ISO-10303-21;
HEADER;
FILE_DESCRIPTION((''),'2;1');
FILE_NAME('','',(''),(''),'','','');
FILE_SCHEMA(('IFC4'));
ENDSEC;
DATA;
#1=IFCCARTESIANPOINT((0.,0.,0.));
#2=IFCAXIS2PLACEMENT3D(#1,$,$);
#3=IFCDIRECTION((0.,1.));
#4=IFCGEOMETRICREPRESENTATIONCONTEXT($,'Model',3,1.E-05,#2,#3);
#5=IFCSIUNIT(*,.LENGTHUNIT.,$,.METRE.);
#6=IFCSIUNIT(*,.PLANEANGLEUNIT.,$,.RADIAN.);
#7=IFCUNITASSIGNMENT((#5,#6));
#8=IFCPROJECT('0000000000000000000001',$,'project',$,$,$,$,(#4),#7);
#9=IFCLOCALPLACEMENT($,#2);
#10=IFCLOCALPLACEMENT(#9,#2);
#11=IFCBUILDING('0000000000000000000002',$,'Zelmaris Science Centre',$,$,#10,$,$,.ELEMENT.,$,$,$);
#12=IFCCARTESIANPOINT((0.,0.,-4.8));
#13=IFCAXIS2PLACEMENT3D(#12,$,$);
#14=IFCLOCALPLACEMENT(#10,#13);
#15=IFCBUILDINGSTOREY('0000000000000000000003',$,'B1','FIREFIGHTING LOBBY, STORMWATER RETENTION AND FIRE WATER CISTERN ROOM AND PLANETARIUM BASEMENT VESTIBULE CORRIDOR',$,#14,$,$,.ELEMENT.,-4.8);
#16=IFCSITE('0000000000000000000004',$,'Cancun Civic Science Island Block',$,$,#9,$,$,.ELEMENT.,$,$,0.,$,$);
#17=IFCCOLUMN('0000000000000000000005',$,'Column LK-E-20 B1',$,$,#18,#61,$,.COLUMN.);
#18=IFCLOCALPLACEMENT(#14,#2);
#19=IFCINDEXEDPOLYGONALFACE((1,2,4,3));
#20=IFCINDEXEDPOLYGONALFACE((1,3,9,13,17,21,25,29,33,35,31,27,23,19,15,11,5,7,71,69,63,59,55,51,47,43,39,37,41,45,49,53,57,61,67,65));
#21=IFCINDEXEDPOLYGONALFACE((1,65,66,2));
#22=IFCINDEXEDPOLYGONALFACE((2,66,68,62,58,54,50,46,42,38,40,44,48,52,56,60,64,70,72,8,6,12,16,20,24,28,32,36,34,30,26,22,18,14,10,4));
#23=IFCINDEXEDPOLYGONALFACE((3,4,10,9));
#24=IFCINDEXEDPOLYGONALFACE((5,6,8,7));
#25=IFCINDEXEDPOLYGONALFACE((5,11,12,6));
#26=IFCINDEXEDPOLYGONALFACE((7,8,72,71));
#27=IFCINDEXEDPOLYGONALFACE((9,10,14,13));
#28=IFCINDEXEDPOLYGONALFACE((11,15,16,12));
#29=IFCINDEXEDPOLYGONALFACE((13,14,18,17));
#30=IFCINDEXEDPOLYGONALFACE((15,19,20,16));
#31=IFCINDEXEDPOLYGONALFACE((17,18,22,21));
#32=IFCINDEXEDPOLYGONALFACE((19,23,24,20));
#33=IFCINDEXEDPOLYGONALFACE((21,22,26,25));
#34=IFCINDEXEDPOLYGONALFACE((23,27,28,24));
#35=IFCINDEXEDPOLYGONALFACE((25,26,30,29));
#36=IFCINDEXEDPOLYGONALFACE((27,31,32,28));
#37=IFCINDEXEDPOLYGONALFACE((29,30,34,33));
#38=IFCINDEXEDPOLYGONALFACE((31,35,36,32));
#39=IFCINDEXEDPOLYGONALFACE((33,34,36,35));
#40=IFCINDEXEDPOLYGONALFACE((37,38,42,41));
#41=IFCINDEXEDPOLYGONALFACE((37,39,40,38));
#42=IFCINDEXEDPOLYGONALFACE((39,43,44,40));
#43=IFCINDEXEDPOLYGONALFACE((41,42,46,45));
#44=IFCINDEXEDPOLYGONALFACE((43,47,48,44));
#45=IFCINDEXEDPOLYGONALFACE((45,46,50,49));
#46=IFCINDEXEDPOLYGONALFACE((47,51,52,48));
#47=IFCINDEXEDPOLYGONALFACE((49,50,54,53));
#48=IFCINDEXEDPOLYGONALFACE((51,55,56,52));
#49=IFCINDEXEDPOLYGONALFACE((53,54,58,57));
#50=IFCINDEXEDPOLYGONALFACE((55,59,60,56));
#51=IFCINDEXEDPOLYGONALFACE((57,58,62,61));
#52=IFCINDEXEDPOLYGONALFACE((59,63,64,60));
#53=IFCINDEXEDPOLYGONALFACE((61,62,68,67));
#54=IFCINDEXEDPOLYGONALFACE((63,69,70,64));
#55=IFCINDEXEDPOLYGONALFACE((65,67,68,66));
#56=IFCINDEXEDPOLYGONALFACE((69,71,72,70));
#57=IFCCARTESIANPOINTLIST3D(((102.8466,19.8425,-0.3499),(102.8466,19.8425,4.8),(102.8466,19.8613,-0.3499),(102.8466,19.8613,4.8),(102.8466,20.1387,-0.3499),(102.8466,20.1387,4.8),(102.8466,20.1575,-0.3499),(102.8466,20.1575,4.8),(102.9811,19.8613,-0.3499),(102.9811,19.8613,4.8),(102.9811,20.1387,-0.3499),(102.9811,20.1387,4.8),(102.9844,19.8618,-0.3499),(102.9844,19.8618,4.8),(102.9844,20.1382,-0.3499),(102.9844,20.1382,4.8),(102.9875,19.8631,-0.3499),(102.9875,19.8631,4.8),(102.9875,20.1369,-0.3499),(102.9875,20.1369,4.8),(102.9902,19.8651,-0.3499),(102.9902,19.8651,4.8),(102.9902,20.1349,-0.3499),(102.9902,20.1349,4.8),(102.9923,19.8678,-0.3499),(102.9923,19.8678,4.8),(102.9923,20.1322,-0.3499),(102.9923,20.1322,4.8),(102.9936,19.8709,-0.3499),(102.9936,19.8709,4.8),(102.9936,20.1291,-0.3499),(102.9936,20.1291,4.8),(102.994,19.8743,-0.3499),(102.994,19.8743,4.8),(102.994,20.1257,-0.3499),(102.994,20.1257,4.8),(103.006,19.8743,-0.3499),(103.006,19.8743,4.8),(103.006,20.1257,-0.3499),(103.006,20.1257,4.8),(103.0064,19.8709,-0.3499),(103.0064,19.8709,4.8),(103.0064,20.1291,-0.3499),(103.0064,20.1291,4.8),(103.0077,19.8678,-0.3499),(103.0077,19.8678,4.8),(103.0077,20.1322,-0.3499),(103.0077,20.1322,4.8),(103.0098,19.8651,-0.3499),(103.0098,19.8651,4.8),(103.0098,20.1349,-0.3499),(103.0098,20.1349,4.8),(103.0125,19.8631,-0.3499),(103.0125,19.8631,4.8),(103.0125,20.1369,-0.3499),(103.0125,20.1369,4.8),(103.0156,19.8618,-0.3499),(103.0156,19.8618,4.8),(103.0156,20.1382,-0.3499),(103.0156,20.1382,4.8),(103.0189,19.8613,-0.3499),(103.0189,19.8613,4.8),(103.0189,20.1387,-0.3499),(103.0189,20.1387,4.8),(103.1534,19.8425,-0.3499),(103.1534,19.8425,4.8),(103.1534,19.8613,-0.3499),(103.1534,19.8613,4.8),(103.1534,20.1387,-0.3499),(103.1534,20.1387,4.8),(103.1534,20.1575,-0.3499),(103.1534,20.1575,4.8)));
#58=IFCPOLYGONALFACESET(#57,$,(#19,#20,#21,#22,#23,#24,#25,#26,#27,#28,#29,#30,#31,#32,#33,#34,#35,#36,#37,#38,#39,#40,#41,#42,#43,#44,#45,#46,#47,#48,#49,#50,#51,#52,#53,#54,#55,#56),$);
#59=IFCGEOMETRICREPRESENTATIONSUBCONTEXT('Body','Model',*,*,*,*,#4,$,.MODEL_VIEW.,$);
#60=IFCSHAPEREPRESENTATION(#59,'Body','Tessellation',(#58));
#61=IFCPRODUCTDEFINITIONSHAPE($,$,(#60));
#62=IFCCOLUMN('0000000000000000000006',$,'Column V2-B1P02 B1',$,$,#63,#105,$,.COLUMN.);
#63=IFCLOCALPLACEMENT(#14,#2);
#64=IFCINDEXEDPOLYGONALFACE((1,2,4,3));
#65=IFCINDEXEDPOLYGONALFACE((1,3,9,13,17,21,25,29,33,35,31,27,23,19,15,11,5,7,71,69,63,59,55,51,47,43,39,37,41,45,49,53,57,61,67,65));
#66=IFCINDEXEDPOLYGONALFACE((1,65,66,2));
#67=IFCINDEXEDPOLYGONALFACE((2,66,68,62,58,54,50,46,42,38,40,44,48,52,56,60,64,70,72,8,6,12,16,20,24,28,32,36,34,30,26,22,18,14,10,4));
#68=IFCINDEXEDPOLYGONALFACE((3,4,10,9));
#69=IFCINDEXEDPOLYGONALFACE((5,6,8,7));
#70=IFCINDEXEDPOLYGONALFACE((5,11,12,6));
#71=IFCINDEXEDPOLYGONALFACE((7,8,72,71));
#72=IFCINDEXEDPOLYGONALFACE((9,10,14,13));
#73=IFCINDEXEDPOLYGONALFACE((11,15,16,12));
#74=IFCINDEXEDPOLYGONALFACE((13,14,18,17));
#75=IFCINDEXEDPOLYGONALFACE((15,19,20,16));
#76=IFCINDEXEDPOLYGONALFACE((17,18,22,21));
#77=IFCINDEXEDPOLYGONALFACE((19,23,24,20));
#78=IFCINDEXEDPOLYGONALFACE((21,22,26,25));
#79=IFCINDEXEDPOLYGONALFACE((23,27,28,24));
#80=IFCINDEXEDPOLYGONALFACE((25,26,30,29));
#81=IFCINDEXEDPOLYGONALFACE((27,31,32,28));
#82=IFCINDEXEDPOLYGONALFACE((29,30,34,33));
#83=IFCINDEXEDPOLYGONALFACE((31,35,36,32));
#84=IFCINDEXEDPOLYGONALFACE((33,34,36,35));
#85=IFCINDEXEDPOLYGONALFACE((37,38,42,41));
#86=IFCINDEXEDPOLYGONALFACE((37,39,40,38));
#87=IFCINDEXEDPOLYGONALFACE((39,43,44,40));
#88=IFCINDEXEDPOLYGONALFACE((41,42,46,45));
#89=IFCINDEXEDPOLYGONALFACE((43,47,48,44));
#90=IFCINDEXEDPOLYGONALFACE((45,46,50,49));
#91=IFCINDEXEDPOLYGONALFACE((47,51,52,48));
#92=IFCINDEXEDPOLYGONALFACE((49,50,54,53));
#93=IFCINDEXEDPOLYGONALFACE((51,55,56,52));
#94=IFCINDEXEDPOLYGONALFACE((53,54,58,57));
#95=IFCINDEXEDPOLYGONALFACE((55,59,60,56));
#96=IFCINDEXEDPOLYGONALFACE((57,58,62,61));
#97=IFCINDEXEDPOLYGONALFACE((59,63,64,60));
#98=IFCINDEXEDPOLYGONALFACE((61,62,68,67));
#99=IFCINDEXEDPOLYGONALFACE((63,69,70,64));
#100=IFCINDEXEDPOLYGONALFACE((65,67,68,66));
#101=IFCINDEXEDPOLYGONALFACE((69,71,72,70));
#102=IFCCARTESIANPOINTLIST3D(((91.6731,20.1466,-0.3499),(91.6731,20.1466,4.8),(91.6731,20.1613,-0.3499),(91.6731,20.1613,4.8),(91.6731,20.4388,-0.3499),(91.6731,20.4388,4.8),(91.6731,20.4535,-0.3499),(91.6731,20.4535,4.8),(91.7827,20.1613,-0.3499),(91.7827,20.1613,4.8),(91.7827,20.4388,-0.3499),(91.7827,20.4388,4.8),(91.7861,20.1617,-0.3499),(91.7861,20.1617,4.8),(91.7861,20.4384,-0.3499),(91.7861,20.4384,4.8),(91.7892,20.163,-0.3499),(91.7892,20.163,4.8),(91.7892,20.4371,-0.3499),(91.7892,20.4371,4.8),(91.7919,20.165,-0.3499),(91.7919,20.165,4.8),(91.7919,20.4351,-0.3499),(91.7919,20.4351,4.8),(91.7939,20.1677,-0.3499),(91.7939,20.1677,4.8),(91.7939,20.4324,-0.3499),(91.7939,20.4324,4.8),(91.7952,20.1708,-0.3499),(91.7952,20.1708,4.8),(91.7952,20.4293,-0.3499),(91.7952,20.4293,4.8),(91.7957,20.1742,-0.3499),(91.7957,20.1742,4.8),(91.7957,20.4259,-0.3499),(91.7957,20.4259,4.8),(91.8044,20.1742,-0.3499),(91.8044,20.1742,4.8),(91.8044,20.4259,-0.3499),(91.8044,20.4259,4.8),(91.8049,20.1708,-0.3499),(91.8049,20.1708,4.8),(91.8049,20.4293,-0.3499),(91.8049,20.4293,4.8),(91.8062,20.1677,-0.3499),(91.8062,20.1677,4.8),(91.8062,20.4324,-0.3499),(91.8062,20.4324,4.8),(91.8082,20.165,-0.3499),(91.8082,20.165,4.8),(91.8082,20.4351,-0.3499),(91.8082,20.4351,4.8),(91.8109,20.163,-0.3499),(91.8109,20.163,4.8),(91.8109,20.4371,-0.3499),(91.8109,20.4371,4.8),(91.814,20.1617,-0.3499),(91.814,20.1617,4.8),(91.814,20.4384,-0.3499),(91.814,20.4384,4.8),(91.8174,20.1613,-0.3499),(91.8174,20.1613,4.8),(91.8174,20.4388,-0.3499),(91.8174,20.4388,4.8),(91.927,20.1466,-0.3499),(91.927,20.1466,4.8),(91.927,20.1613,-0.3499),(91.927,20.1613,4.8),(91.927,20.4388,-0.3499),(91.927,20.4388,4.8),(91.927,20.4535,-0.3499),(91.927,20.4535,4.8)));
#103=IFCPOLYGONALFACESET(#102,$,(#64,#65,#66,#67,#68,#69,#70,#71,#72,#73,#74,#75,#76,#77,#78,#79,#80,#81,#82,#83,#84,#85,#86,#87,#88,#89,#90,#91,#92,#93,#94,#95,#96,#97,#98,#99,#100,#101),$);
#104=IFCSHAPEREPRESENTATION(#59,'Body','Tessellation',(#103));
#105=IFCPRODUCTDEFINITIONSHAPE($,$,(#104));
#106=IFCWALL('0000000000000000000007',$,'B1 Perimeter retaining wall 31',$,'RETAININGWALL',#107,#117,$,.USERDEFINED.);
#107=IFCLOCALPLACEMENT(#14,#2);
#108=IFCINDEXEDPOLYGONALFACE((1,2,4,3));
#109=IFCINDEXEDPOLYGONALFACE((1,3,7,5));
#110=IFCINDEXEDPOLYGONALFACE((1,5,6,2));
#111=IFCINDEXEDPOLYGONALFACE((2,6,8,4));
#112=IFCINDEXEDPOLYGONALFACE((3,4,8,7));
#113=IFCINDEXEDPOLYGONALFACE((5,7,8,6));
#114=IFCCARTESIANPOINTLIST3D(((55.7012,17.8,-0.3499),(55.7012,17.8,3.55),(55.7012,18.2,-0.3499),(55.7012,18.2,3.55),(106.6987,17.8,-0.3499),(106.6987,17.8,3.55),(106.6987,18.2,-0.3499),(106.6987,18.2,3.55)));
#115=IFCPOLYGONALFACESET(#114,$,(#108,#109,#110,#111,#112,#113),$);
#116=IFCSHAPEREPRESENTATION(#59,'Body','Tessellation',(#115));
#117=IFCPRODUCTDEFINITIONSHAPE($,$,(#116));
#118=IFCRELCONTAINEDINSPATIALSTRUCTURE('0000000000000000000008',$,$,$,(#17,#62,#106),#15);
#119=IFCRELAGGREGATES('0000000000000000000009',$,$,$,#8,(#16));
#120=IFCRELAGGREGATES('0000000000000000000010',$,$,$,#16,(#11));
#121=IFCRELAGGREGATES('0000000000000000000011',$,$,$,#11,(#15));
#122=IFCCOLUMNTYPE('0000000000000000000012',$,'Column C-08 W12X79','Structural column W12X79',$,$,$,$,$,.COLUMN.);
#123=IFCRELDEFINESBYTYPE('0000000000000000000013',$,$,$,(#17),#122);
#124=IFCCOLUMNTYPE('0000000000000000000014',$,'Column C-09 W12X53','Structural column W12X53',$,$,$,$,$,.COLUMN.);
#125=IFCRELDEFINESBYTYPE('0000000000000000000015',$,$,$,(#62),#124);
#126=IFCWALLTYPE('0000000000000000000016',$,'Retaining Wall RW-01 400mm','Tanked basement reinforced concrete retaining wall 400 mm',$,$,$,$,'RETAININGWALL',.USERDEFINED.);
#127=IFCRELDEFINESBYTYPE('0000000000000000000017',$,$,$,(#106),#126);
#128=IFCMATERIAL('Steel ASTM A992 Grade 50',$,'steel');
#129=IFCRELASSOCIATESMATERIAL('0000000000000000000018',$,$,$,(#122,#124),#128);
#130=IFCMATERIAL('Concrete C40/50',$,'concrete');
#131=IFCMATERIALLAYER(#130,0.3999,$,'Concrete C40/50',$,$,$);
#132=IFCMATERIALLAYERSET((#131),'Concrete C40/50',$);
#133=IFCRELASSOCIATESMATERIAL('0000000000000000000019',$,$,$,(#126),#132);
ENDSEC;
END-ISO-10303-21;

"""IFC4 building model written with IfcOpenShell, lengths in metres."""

from ifc_helpers import new_model, si_unit, direction, frame, frame_2d, origin, origin_2d, place, context, subcontext, project, spatial, rectangle, i_section, extrude, material, layer, layer_set, material_profile, profile_set, type_object, element, save


model = new_model("IFC4")

# Units and contexts
model_context = context("Model", 3, precision=1e-05, world=origin(), true_north=direction((0.0, 1.0)))
body_context = subcontext(model_context, "Body", "Model", "MODEL_VIEW")
ifc_project = project(units=[si_unit("LENGTHUNIT", "METRE"), si_unit("PLANEANGLEUNIT", "RADIAN")], contexts=[model_context])

# Site, building, storey
site_placement = place(None, origin())
site = spatial("IfcSite", under=ifc_project, at=site_placement, Name="Cancun Civic Science Island Block", CompositionType="ELEMENT", RefElevation=0.0)
building_placement = place(site_placement, origin())
building = spatial("IfcBuilding", under=site, at=building_placement, Name="Zelmaris Science Centre", CompositionType="ELEMENT")
storey_placement = place(building_placement, frame((0.0, 0.0, -4.8)))
storey = spatial("IfcBuildingStorey", under=building, at=storey_placement, Name="B1", Description="FIREFIGHTING LOBBY, STORMWATER RETENTION AND FIRE WATER CISTERN ROOM AND PLANETARIUM BASEMENT VESTIBULE CORRIDOR", CompositionType="ELEMENT", Elevation=-4.8)

# Shared definitions
ifc_material_1 = material(Name="Concrete C40/50", Category="concrete")

# Columns
ifc_material_2 = material(Name="Steel ASTM A992 Grade 50", Category="steel")
ifc_material_profile_1 = material_profile(ifc_material_2, i_section(OverallWidth=0.3069, OverallDepth=0.3149, WebThickness=0.012, FlangeThickness=0.0188, FilletRadius=0.0129, at=origin_2d()), Name="W12X79")
ifc_profile_set_1 = profile_set([ifc_material_profile_1], Name="Steel ASTM A992 Grade 50")
column_type_1 = type_object("IfcColumnType", Name="Column C-08 W12X79", Description="Structural column W12X79", PredefinedType="COLUMN", material=ifc_profile_set_1)
column_1_placement = place(storey_placement, frame((103.0, 20.0, -0.3499), z_axis=(0.0, 0.0, 1.0), x_axis=(1.0, 0.0, 0.0)))
element("IfcColumn", 1, at=column_1_placement, inside=storey, type_object=column_type_1, Name="Column LK-E-20 B1", PredefinedType="COLUMN", context=body_context, shape_type="SweptSolid", body=[
    extrude(i_section(OverallWidth=0.3069, OverallDepth=0.3149, WebThickness=0.012, FlangeThickness=0.0188, FilletRadius=0.0129, at=origin_2d()), origin(), (0.0, 0.0, 1.0), 5.1499),
])
ifc_material_profile_2 = material_profile(ifc_material_2, i_section(OverallWidth=0.2539, OverallDepth=0.3069, WebThickness=0.0088, FlangeThickness=0.0146, FilletRadius=0.0129, at=origin_2d()), Name="W12X53")
ifc_profile_set_2 = profile_set([ifc_material_profile_2], Name="Steel ASTM A992 Grade 50")
column_type_2 = type_object("IfcColumnType", Name="Column C-09 W12X53", Description="Structural column W12X53", PredefinedType="COLUMN", material=ifc_profile_set_2)
column_2_placement = place(storey_placement, frame((91.8, 20.3, -0.3499), z_axis=(0.0, 0.0, 1.0), x_axis=(1.0, 0.0, 0.0)))
element("IfcColumn", 2, at=column_2_placement, inside=storey, type_object=column_type_2, Name="Column V2-B1P02 B1", PredefinedType="COLUMN", context=body_context, shape_type="SweptSolid", body=[
    extrude(i_section(OverallWidth=0.2539, OverallDepth=0.3069, WebThickness=0.0088, FlangeThickness=0.0146, FilletRadius=0.0129, at=origin_2d()), origin(), (0.0, 0.0, 1.0), 5.1499),
])

# Wall
ifc_layer = layer(ifc_material_1, 0.3999, Name="Concrete C40/50")
ifc_layer_set = layer_set([ifc_layer], Name="Concrete C40/50")
wall_type = type_object("IfcWallType", Name="Retaining Wall RW-01 400mm", Description="Tanked basement reinforced concrete retaining wall 400 mm", ElementType="RETAININGWALL", PredefinedType="USERDEFINED", material=ifc_layer_set)
wall_placement = place(storey_placement, frame((106.6987, 18.0, -0.3499), z_axis=(0.0, 0.0, 1.0), x_axis=(-1.0, 0.0, 0.0)))
element("IfcWall", 3, at=wall_placement, inside=storey, type_object=wall_type, Name="B1 Perimeter retaining wall 31", ObjectType="RETAININGWALL", PredefinedType="USERDEFINED", context=body_context, shape_type="SweptSolid", body=[
    extrude(rectangle(XDim=50.9976, YDim=0.3999, at=frame_2d((25.4988, 0.0))), origin(), (0.0, 0.0, 1.0), 3.8999),
])

save(model, "model.ifc")
